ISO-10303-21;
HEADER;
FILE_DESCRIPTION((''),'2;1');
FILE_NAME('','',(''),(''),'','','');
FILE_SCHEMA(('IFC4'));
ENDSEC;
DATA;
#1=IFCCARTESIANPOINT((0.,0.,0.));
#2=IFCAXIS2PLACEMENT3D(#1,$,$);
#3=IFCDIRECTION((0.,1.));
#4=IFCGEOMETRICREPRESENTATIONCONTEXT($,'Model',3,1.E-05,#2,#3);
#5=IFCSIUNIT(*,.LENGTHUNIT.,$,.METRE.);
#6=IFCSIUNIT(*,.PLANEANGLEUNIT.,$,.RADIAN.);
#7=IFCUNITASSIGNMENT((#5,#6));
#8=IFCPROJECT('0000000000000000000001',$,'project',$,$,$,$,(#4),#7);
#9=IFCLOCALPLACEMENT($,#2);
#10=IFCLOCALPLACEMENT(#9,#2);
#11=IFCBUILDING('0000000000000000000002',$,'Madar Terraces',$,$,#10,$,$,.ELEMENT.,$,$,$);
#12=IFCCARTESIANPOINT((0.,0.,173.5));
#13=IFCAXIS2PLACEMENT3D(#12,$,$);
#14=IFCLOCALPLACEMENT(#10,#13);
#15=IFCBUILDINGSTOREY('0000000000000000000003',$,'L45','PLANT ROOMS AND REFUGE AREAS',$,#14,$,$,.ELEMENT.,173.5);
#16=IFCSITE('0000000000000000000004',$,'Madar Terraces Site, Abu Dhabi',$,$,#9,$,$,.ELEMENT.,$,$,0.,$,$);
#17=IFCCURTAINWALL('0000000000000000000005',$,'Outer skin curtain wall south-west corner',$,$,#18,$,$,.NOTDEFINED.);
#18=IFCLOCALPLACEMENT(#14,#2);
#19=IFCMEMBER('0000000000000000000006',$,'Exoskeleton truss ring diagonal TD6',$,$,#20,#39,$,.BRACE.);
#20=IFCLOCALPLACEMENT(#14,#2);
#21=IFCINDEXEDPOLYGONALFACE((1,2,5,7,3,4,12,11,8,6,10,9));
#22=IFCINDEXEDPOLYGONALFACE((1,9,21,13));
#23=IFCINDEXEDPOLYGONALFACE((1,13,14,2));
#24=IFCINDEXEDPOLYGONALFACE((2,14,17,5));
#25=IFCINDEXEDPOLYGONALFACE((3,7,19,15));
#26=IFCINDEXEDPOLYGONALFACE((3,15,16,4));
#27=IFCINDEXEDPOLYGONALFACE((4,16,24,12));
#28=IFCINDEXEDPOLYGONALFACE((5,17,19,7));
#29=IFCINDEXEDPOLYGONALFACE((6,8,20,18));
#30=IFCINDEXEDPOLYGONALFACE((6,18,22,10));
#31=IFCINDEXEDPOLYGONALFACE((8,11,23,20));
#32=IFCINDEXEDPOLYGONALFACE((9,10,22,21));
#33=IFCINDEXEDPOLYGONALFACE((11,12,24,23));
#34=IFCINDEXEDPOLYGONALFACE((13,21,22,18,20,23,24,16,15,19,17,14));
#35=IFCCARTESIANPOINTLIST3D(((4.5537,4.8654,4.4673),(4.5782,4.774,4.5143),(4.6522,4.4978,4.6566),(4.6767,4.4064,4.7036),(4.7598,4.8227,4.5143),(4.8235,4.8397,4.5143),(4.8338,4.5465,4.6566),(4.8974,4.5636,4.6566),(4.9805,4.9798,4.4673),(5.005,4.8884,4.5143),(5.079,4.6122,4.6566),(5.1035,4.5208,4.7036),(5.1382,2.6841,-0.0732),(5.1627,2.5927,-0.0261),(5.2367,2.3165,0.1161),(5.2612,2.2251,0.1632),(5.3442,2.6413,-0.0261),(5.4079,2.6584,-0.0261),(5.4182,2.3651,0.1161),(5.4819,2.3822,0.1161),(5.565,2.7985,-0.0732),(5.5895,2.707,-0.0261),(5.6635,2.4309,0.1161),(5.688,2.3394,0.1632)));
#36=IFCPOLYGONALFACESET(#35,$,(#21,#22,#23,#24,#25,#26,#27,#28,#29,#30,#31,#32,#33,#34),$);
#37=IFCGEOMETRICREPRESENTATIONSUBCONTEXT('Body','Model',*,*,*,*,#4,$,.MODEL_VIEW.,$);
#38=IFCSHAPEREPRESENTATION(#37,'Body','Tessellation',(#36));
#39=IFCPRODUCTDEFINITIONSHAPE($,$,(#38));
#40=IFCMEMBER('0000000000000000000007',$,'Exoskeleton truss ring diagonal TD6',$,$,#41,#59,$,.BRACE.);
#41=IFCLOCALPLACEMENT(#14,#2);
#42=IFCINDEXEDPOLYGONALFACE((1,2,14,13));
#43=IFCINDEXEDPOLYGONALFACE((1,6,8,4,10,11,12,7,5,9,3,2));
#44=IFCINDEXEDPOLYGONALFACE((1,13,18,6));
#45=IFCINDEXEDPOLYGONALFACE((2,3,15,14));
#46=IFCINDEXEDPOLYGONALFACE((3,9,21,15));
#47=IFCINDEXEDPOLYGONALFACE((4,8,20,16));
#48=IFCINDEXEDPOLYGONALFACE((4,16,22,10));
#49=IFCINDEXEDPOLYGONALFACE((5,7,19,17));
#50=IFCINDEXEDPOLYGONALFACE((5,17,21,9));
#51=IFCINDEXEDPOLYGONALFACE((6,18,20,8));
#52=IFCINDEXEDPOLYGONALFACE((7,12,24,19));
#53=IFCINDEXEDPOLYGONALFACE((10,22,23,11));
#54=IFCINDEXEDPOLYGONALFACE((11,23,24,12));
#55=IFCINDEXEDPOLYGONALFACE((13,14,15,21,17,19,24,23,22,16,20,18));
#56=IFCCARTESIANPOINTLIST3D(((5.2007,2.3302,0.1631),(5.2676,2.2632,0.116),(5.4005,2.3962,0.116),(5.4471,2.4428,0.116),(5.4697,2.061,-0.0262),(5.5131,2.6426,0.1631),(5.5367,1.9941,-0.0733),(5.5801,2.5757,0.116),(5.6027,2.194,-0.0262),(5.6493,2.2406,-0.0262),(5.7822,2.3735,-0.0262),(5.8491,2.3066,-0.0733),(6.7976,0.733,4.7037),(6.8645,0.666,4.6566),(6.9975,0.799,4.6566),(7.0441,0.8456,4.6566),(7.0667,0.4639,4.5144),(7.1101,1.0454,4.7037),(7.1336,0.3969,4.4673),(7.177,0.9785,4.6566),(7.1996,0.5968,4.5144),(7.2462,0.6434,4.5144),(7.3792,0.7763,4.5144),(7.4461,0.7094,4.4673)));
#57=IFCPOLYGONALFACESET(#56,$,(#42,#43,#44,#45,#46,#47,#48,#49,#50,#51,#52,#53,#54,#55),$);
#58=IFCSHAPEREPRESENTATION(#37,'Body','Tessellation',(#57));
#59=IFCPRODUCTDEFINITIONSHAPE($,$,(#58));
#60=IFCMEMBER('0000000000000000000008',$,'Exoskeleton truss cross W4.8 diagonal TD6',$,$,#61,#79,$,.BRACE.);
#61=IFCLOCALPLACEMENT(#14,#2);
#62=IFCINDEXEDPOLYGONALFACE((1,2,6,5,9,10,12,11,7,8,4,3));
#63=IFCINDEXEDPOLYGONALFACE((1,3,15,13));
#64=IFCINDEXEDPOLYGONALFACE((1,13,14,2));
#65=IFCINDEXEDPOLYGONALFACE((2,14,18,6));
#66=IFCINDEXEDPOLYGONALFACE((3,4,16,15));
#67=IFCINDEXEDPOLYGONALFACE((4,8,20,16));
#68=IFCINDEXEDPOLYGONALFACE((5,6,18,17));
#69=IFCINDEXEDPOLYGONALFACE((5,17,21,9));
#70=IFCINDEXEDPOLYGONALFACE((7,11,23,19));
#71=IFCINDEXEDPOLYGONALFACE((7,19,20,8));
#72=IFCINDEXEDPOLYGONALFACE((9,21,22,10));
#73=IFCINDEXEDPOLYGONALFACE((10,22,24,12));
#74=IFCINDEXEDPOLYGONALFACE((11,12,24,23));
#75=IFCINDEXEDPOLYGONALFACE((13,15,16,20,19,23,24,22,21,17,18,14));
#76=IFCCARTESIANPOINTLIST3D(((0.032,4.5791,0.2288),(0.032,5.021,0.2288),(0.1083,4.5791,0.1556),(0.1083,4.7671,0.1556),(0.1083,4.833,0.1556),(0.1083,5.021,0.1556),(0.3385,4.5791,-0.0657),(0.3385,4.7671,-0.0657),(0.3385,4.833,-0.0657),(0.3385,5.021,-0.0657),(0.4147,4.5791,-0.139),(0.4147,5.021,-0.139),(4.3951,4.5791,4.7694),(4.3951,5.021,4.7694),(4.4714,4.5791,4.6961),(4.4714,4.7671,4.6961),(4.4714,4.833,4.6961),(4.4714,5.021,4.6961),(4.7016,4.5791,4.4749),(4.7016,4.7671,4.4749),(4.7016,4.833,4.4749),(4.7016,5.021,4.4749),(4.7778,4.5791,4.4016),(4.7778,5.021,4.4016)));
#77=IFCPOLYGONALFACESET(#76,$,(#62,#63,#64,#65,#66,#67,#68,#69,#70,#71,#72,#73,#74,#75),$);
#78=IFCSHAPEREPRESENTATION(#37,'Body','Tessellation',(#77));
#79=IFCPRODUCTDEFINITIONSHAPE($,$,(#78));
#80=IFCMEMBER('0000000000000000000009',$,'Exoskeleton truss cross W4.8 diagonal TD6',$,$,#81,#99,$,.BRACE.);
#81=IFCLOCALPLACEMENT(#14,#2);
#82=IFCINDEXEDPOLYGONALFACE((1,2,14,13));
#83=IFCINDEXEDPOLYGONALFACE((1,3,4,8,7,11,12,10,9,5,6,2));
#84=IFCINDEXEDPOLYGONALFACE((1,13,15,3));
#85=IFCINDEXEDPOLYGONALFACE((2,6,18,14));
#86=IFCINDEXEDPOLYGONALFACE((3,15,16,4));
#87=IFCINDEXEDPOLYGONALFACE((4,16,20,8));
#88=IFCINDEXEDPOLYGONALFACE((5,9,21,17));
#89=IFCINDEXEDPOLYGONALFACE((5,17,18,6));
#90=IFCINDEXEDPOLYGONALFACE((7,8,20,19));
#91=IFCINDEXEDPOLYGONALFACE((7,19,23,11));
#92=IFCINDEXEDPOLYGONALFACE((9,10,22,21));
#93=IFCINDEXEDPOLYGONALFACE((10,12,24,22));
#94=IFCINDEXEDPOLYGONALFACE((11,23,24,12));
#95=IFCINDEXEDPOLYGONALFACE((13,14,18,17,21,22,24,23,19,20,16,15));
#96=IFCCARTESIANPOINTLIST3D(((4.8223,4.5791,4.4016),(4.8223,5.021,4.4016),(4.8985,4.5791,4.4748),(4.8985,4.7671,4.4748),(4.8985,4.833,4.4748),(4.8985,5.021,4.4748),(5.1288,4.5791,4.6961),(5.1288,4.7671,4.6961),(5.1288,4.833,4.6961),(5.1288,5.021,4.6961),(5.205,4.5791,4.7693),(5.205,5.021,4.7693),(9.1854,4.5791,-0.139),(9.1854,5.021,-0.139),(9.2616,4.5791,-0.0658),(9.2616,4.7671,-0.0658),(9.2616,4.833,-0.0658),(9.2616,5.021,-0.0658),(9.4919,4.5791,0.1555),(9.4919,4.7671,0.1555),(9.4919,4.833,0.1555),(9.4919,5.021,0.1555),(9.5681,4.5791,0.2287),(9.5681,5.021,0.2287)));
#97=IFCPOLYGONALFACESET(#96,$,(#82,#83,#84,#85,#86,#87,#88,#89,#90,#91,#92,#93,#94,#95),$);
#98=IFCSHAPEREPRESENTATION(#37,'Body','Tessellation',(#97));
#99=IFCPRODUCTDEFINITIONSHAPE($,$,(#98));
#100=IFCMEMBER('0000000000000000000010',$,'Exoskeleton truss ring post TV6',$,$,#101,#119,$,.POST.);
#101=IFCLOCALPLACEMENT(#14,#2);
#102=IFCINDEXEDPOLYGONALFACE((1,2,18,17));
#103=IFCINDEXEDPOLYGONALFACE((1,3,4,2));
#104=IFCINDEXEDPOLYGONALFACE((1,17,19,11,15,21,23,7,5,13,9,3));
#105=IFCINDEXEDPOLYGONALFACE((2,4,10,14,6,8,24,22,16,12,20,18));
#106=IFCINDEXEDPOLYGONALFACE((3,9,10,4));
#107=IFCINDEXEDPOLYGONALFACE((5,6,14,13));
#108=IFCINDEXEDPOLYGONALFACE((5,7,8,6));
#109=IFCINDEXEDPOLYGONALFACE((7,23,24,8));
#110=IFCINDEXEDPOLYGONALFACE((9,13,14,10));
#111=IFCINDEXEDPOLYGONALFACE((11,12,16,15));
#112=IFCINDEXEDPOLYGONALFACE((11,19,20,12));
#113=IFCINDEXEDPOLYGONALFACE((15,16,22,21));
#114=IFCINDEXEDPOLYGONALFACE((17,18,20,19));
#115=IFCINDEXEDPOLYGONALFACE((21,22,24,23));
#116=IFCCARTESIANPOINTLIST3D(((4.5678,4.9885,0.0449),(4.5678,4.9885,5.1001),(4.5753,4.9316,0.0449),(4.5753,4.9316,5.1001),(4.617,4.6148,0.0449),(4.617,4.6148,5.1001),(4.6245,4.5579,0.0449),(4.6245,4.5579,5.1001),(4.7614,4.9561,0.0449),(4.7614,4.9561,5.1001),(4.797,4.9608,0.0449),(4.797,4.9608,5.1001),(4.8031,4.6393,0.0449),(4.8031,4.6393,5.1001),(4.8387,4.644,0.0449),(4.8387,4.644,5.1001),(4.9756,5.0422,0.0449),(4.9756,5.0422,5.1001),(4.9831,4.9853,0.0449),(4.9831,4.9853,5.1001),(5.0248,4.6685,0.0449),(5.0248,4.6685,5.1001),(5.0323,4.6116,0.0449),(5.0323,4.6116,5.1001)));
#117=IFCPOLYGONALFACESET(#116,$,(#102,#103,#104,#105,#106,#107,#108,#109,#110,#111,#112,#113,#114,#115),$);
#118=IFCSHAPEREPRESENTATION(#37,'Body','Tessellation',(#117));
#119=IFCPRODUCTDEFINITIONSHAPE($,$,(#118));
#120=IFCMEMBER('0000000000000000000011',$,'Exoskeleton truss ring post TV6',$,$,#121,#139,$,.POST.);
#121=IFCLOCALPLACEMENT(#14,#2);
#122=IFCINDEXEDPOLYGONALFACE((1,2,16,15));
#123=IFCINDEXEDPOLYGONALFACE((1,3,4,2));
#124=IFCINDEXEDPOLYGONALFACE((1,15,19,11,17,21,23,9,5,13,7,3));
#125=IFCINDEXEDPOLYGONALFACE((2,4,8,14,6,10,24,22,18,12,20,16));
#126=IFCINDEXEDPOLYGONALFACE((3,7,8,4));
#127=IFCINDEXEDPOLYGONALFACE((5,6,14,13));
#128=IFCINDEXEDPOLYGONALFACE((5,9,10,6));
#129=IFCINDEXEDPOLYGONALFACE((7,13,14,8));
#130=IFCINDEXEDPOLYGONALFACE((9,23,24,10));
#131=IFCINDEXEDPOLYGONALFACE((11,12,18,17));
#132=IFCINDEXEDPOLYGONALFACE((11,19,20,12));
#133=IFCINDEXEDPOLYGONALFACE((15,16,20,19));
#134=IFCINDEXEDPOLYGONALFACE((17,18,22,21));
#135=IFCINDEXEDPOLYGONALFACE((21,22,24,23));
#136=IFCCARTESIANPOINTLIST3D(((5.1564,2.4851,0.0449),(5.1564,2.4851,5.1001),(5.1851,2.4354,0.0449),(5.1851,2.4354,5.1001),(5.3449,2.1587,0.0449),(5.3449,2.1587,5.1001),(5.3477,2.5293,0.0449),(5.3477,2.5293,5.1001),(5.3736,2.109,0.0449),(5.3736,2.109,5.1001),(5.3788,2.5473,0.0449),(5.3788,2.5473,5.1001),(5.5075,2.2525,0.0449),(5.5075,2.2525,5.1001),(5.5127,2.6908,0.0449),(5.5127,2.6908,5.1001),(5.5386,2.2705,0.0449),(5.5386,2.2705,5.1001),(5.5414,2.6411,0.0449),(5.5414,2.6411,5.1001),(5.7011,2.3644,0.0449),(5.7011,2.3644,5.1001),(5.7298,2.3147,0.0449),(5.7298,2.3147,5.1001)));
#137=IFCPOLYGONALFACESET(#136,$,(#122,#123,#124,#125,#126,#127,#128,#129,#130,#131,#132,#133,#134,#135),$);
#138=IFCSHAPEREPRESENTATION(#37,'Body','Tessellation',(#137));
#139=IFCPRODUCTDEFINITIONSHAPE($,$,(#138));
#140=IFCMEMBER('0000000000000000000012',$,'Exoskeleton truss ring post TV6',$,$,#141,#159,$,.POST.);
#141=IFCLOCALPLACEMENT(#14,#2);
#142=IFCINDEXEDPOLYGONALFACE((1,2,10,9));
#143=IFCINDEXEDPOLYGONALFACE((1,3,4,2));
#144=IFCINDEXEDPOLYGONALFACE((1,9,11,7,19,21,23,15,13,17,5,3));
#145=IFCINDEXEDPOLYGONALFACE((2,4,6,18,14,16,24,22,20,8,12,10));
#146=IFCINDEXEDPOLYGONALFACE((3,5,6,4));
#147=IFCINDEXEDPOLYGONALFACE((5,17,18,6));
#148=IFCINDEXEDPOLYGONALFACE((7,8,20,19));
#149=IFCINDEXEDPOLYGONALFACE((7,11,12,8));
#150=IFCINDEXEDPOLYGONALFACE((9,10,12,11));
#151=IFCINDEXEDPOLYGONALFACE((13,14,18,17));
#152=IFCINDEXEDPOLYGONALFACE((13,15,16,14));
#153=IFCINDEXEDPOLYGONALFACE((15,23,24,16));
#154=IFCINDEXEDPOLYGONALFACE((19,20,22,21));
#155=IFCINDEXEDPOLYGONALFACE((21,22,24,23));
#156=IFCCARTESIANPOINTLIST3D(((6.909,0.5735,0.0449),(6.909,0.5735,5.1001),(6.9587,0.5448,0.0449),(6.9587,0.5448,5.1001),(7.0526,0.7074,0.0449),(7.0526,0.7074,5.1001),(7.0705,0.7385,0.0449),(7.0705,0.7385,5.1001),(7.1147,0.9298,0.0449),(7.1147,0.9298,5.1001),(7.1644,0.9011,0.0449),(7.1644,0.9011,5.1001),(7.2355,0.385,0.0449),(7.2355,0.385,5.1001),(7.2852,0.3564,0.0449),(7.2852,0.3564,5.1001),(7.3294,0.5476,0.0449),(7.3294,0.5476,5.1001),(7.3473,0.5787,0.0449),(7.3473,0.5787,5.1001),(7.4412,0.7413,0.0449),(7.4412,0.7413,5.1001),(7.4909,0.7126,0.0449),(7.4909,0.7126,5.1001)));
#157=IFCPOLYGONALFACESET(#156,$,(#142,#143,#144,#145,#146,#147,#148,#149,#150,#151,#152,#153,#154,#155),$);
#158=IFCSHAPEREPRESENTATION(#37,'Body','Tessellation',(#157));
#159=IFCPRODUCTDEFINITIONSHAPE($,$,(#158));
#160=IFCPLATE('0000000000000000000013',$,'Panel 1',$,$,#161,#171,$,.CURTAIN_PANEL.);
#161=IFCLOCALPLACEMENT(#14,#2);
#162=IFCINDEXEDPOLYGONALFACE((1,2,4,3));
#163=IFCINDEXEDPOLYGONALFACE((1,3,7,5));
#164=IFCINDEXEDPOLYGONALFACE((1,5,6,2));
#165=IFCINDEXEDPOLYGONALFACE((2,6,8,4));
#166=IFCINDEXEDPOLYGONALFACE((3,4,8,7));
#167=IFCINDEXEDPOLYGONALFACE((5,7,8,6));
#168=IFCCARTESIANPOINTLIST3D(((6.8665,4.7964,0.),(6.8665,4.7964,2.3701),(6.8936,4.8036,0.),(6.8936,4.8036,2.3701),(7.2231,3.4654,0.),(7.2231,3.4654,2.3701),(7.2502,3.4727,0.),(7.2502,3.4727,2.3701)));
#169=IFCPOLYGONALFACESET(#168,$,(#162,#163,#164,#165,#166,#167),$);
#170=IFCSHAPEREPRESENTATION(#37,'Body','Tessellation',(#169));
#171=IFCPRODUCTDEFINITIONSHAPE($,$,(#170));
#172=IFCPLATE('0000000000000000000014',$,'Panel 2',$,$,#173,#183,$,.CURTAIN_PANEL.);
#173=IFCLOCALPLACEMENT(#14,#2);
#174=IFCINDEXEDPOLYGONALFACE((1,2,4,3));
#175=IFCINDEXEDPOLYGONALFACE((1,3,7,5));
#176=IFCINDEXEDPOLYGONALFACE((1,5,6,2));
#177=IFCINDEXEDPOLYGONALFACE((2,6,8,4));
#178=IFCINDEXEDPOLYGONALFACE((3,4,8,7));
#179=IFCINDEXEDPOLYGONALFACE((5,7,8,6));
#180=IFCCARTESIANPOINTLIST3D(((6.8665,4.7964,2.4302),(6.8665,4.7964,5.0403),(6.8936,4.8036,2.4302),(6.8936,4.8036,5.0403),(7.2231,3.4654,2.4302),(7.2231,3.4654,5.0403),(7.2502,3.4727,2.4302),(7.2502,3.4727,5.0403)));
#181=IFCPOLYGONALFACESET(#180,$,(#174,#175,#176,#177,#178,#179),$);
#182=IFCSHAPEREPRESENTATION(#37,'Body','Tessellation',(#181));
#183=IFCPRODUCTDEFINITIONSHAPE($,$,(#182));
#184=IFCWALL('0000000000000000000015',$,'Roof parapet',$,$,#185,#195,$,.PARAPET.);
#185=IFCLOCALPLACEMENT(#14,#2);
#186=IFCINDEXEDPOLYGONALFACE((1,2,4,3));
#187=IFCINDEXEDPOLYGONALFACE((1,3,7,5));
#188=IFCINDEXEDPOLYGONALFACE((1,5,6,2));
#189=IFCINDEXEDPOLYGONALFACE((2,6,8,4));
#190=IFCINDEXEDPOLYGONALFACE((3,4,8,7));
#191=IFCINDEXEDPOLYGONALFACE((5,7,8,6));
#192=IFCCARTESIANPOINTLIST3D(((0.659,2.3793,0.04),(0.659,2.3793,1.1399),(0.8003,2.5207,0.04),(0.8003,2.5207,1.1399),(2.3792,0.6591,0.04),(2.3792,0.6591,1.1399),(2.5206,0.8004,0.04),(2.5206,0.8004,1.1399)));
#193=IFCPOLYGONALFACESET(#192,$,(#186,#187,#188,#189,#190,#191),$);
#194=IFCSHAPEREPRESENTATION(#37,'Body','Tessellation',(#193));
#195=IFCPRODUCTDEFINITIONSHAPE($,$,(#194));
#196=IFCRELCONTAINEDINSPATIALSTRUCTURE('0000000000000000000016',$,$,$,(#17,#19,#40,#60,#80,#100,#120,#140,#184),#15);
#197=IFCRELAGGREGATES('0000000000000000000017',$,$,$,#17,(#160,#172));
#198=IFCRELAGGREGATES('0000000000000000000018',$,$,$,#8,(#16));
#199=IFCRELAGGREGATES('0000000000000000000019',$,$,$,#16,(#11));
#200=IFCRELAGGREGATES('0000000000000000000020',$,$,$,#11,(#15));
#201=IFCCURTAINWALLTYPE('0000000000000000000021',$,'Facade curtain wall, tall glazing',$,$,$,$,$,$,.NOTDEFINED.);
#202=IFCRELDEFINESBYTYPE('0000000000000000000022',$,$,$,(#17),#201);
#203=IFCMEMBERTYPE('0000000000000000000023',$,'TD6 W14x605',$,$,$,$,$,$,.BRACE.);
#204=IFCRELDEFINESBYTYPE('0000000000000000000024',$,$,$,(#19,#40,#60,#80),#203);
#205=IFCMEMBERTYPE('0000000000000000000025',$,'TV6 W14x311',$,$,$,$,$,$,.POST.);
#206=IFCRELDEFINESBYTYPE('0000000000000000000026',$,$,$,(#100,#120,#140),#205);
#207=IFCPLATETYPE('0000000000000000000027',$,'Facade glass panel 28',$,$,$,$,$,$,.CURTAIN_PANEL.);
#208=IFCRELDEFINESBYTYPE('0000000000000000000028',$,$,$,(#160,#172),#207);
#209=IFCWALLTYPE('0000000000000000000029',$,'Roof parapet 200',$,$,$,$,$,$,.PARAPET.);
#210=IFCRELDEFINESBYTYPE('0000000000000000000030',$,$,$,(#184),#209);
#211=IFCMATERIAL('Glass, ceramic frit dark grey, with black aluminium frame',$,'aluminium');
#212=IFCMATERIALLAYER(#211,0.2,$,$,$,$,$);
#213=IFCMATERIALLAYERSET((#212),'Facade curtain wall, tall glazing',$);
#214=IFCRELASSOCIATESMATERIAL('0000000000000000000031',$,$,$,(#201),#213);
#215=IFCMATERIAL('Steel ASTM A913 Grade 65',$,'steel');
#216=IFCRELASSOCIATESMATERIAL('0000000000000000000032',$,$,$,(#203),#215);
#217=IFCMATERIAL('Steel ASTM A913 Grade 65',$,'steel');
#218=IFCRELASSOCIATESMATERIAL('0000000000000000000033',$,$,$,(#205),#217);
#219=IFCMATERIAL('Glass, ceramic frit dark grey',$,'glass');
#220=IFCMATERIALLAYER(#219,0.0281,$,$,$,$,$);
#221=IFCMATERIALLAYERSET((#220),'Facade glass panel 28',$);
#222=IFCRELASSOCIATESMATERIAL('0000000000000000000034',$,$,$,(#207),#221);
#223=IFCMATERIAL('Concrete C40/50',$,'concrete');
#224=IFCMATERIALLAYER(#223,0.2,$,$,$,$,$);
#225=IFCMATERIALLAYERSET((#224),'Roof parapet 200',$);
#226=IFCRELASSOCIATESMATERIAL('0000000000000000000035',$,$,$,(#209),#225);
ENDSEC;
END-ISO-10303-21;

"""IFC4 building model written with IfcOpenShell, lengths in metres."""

from ifc_helpers import new_model, si_unit, direction, frame, frame_2d, origin, origin_2d, place, context, subcontext, project, spatial, rectangle, i_section, extrude, material, layer, layer_set, material_profile, profile_set, type_object, element, aggregate, save


model = new_model("IFC4")

# Units and contexts
model_context = context("Model", 3, precision=1e-05, world=origin(), true_north=direction((0.0, 1.0)))
body_context = subcontext(model_context, "Body", "Model", "MODEL_VIEW")
ifc_project = project(units=[si_unit("LENGTHUNIT", "METRE"), si_unit("PLANEANGLEUNIT", "RADIAN")], contexts=[model_context])

# Site, building, storey
site_placement = place(None, origin())
site = spatial("IfcSite", under=ifc_project, at=site_placement, Name="Madar Terraces Site, Abu Dhabi", CompositionType="ELEMENT", RefElevation=0.0)
building_placement = place(site_placement, origin())
building = spatial("IfcBuilding", under=site, at=building_placement, Name="Madar Terraces", CompositionType="ELEMENT")
storey_placement = place(building_placement, frame((0.0, 0.0, 173.5)))
storey = spatial("IfcBuildingStorey", under=building, at=storey_placement, Name="L45", Description="PLANT ROOMS AND REFUGE AREAS", CompositionType="ELEMENT", Elevation=173.5)

# Curtain wall
ifc_material_1 = material(Name="Glass, ceramic frit dark grey, with black aluminium frame", Category="aluminium")
ifc_layer_1 = layer(ifc_material_1, 0.2)
ifc_layer_set_1 = layer_set([ifc_layer_1], Name="Facade curtain wall, tall glazing")
curtain_wall_type = type_object("IfcCurtainWallType", Name="Facade curtain wall, tall glazing", PredefinedType="NOTDEFINED", material=ifc_layer_set_1)
curtain_wall_placement = place(storey_placement, origin())
curtain_wall = element("IfcCurtainWall", 1, at=curtain_wall_placement, inside=storey, type_object=curtain_wall_type, Name="Outer skin curtain wall south-west corner", PredefinedType="NOTDEFINED")

# Members
ifc_material_2 = material(Name="Steel ASTM A913 Grade 65", Category="steel")
ifc_material_profile_1 = material_profile(ifc_material_2, i_section(OverallWidth=0.4419, OverallDepth=0.5308, WebThickness=0.0659, FlangeThickness=0.1057, at=origin_2d()), Name="W14x605")
ifc_profile_set_1 = profile_set([ifc_material_profile_1], Name="Steel ASTM A913 Grade 65")
member_type_1 = type_object("IfcMemberType", Name="TD6 W14x605", PredefinedType="BRACE", material=ifc_profile_set_1)
member_1_placement = place(storey_placement, frame((4.8286, 4.6931, 4.5854), z_axis=(0.115255, -0.430159, -0.895366), x_axis=(0.965929, 0.258806, 0.0)))
element("IfcMember", 2, at=member_1_placement, inside=storey, type_object=member_type_1, Name="Exoskeleton truss ring diagonal TD6", PredefinedType="BRACE", context=body_context, shape_type="SweptSolid", body=[
    extrude(i_section(OverallWidth=0.4419, OverallDepth=0.5308, WebThickness=0.0659, FlangeThickness=0.1057, at=origin_2d()), origin(), (0.0, 0.0, 1.0), 5.071),
])
member_2_placement = place(storey_placement, frame((5.5249, 2.3184, 0.0449), z_axis=(0.314898, -0.314946, 0.895348), x_axis=(0.707161, 0.707053, 0.0)))
element("IfcMember", 3, at=member_2_placement, inside=storey, type_object=member_type_1, Name="Exoskeleton truss ring diagonal TD6", PredefinedType="BRACE", context=body_context, shape_type="SweptSolid", body=[
    extrude(i_section(OverallWidth=0.4419, OverallDepth=0.5308, WebThickness=0.0659, FlangeThickness=0.1057, at=origin_2d()), origin(), (0.0, 0.0, 1.0), 5.0713),
])
for number, where, z_axis, x_axis, name in (
    (4, (0.2234, 4.8, 0.0449), (0.692873, 0.0, 0.72106), (0.0, 1.0, 0.0), "Exoskeleton truss cross W4.8 diagonal TD6"),
    (5, (5.0137, 4.8, 4.5854), (0.692873, 0.0, -0.72106), (0.0, 1.0, 0.0), "Exoskeleton truss cross W4.8 diagonal TD6"),
):
    element("IfcMember", number, at=place(storey_placement, frame(where, z_axis=z_axis, x_axis=x_axis)), inside=storey, type_object=member_type_1, Name=name, PredefinedType="BRACE", context=body_context, shape_type="SweptSolid", body=[
        extrude(i_section(OverallWidth=0.4419, OverallDepth=0.5308, WebThickness=0.0659, FlangeThickness=0.1057, at=origin_2d()), origin(), (0.0, 0.0, 1.0), 6.2971),
    ])
ifc_material_3 = material(Name="Steel ASTM A913 Grade 65", Category="steel")
ifc_material_profile_2 = material_profile(ifc_material_3, i_section(OverallWidth=0.4114, OverallDepth=0.4343, WebThickness=0.0359, FlangeThickness=0.0574, at=origin_2d()), Name="W14x311")
ifc_profile_set_2 = profile_set([ifc_material_profile_2], Name="Steel ASTM A913 Grade 65")
member_type_2 = type_object("IfcMemberType", Name="TV6 W14x311", PredefinedType="POST", material=ifc_profile_set_2)
for number, where, z_axis, x_axis, name in (
    (6, (4.8, 4.8, 0.0449), (0.0, 0.0, 1.0), (0.991445, 0.130526, 0.0), "Exoskeleton truss ring post TV6"),
    (7, (5.4431, 2.3999, 0.0449), (0.0, 0.0, 1.0), (0.866025, 0.5, 0.0), "Exoskeleton truss ring post TV6"),
    (8, (7.2, 0.6431, 0.0449), (0.0, 0.0, 1.0), (0.5, 0.866025, 0.0), "Exoskeleton truss ring post TV6"),
):
    element("IfcMember", number, at=place(storey_placement, frame(where, z_axis=z_axis, x_axis=x_axis)), inside=storey, type_object=member_type_2, Name=name, PredefinedType="POST", context=body_context, shape_type="SweptSolid", body=[
        extrude(i_section(OverallWidth=0.4114, OverallDepth=0.4343, WebThickness=0.0359, FlangeThickness=0.0574, at=origin_2d()), origin(), (0.0, 0.0, 1.0), 5.0552),
    ])

# Plates
ifc_material_4 = material(Name="Glass, ceramic frit dark grey", Category="glass")
ifc_layer_2 = layer(ifc_material_4, 0.0281)
ifc_layer_set_2 = layer_set([ifc_layer_2], Name="Facade glass panel 28")
plate_type = type_object("IfcPlateType", Name="Facade glass panel 28", PredefinedType="CURTAIN_PANEL", material=ifc_layer_set_2)
plate_1_placement = place(storey_placement, frame((7.0583, 4.1345, 0.0), z_axis=(0.0, 0.0, 1.0), x_axis=(0.258819, -0.965926, 0.0)))
plate_1 = element("IfcPlate", 9, at=plate_1_placement, type_object=plate_type, Name="Panel 1", PredefinedType="CURTAIN_PANEL", context=body_context, shape_type="SweptSolid", body=[
    extrude(rectangle(XDim=1.3779, YDim=0.0281, at=origin_2d()), origin(), (0.0, 0.0, 1.0), 2.3701),
])
plate_2_placement = place(storey_placement, frame((7.0583, 4.1345, 2.4302), z_axis=(0.0, 0.0, 1.0), x_axis=(0.258819, -0.965926, 0.0)))
plate_2 = element("IfcPlate", 10, at=plate_2_placement, type_object=plate_type, Name="Panel 2", PredefinedType="CURTAIN_PANEL", context=body_context, shape_type="SweptSolid", body=[
    extrude(rectangle(XDim=1.3779, YDim=0.0281, at=origin_2d()), origin(), (0.0, 0.0, 1.0), 2.6101),
])
aggregate(curtain_wall, [plate_1, plate_2])

# Wall
ifc_material_5 = material(Name="Concrete C40/50", Category="concrete")
ifc_layer_3 = layer(ifc_material_5, 0.2)
ifc_layer_set_3 = layer_set([ifc_layer_3], Name="Roof parapet 200")
wall_type = type_object("IfcWallType", Name="Roof parapet 200", PredefinedType="PARAPET", material=ifc_layer_set_3)
for number, where, z_axis, x_axis, name in (
    (11, (0.7297, 2.45, 0.04), (0.0, 0.0, 1.0), (0.707107, -0.707107, 0.0), "Roof parapet"),
):
    element("IfcWall", number, at=place(storey_placement, frame(where, z_axis=z_axis, x_axis=x_axis)), inside=storey, type_object=wall_type, Name=name, PredefinedType="PARAPET", context=body_context, shape_type="SweptSolid", body=[
        extrude(rectangle(XDim=2.4329, YDim=0.2, at=frame_2d((1.2163, 0.0))), origin(), (0.0, 0.0, 1.0), 1.0999),
    ])

save(model, "model.ifc")
